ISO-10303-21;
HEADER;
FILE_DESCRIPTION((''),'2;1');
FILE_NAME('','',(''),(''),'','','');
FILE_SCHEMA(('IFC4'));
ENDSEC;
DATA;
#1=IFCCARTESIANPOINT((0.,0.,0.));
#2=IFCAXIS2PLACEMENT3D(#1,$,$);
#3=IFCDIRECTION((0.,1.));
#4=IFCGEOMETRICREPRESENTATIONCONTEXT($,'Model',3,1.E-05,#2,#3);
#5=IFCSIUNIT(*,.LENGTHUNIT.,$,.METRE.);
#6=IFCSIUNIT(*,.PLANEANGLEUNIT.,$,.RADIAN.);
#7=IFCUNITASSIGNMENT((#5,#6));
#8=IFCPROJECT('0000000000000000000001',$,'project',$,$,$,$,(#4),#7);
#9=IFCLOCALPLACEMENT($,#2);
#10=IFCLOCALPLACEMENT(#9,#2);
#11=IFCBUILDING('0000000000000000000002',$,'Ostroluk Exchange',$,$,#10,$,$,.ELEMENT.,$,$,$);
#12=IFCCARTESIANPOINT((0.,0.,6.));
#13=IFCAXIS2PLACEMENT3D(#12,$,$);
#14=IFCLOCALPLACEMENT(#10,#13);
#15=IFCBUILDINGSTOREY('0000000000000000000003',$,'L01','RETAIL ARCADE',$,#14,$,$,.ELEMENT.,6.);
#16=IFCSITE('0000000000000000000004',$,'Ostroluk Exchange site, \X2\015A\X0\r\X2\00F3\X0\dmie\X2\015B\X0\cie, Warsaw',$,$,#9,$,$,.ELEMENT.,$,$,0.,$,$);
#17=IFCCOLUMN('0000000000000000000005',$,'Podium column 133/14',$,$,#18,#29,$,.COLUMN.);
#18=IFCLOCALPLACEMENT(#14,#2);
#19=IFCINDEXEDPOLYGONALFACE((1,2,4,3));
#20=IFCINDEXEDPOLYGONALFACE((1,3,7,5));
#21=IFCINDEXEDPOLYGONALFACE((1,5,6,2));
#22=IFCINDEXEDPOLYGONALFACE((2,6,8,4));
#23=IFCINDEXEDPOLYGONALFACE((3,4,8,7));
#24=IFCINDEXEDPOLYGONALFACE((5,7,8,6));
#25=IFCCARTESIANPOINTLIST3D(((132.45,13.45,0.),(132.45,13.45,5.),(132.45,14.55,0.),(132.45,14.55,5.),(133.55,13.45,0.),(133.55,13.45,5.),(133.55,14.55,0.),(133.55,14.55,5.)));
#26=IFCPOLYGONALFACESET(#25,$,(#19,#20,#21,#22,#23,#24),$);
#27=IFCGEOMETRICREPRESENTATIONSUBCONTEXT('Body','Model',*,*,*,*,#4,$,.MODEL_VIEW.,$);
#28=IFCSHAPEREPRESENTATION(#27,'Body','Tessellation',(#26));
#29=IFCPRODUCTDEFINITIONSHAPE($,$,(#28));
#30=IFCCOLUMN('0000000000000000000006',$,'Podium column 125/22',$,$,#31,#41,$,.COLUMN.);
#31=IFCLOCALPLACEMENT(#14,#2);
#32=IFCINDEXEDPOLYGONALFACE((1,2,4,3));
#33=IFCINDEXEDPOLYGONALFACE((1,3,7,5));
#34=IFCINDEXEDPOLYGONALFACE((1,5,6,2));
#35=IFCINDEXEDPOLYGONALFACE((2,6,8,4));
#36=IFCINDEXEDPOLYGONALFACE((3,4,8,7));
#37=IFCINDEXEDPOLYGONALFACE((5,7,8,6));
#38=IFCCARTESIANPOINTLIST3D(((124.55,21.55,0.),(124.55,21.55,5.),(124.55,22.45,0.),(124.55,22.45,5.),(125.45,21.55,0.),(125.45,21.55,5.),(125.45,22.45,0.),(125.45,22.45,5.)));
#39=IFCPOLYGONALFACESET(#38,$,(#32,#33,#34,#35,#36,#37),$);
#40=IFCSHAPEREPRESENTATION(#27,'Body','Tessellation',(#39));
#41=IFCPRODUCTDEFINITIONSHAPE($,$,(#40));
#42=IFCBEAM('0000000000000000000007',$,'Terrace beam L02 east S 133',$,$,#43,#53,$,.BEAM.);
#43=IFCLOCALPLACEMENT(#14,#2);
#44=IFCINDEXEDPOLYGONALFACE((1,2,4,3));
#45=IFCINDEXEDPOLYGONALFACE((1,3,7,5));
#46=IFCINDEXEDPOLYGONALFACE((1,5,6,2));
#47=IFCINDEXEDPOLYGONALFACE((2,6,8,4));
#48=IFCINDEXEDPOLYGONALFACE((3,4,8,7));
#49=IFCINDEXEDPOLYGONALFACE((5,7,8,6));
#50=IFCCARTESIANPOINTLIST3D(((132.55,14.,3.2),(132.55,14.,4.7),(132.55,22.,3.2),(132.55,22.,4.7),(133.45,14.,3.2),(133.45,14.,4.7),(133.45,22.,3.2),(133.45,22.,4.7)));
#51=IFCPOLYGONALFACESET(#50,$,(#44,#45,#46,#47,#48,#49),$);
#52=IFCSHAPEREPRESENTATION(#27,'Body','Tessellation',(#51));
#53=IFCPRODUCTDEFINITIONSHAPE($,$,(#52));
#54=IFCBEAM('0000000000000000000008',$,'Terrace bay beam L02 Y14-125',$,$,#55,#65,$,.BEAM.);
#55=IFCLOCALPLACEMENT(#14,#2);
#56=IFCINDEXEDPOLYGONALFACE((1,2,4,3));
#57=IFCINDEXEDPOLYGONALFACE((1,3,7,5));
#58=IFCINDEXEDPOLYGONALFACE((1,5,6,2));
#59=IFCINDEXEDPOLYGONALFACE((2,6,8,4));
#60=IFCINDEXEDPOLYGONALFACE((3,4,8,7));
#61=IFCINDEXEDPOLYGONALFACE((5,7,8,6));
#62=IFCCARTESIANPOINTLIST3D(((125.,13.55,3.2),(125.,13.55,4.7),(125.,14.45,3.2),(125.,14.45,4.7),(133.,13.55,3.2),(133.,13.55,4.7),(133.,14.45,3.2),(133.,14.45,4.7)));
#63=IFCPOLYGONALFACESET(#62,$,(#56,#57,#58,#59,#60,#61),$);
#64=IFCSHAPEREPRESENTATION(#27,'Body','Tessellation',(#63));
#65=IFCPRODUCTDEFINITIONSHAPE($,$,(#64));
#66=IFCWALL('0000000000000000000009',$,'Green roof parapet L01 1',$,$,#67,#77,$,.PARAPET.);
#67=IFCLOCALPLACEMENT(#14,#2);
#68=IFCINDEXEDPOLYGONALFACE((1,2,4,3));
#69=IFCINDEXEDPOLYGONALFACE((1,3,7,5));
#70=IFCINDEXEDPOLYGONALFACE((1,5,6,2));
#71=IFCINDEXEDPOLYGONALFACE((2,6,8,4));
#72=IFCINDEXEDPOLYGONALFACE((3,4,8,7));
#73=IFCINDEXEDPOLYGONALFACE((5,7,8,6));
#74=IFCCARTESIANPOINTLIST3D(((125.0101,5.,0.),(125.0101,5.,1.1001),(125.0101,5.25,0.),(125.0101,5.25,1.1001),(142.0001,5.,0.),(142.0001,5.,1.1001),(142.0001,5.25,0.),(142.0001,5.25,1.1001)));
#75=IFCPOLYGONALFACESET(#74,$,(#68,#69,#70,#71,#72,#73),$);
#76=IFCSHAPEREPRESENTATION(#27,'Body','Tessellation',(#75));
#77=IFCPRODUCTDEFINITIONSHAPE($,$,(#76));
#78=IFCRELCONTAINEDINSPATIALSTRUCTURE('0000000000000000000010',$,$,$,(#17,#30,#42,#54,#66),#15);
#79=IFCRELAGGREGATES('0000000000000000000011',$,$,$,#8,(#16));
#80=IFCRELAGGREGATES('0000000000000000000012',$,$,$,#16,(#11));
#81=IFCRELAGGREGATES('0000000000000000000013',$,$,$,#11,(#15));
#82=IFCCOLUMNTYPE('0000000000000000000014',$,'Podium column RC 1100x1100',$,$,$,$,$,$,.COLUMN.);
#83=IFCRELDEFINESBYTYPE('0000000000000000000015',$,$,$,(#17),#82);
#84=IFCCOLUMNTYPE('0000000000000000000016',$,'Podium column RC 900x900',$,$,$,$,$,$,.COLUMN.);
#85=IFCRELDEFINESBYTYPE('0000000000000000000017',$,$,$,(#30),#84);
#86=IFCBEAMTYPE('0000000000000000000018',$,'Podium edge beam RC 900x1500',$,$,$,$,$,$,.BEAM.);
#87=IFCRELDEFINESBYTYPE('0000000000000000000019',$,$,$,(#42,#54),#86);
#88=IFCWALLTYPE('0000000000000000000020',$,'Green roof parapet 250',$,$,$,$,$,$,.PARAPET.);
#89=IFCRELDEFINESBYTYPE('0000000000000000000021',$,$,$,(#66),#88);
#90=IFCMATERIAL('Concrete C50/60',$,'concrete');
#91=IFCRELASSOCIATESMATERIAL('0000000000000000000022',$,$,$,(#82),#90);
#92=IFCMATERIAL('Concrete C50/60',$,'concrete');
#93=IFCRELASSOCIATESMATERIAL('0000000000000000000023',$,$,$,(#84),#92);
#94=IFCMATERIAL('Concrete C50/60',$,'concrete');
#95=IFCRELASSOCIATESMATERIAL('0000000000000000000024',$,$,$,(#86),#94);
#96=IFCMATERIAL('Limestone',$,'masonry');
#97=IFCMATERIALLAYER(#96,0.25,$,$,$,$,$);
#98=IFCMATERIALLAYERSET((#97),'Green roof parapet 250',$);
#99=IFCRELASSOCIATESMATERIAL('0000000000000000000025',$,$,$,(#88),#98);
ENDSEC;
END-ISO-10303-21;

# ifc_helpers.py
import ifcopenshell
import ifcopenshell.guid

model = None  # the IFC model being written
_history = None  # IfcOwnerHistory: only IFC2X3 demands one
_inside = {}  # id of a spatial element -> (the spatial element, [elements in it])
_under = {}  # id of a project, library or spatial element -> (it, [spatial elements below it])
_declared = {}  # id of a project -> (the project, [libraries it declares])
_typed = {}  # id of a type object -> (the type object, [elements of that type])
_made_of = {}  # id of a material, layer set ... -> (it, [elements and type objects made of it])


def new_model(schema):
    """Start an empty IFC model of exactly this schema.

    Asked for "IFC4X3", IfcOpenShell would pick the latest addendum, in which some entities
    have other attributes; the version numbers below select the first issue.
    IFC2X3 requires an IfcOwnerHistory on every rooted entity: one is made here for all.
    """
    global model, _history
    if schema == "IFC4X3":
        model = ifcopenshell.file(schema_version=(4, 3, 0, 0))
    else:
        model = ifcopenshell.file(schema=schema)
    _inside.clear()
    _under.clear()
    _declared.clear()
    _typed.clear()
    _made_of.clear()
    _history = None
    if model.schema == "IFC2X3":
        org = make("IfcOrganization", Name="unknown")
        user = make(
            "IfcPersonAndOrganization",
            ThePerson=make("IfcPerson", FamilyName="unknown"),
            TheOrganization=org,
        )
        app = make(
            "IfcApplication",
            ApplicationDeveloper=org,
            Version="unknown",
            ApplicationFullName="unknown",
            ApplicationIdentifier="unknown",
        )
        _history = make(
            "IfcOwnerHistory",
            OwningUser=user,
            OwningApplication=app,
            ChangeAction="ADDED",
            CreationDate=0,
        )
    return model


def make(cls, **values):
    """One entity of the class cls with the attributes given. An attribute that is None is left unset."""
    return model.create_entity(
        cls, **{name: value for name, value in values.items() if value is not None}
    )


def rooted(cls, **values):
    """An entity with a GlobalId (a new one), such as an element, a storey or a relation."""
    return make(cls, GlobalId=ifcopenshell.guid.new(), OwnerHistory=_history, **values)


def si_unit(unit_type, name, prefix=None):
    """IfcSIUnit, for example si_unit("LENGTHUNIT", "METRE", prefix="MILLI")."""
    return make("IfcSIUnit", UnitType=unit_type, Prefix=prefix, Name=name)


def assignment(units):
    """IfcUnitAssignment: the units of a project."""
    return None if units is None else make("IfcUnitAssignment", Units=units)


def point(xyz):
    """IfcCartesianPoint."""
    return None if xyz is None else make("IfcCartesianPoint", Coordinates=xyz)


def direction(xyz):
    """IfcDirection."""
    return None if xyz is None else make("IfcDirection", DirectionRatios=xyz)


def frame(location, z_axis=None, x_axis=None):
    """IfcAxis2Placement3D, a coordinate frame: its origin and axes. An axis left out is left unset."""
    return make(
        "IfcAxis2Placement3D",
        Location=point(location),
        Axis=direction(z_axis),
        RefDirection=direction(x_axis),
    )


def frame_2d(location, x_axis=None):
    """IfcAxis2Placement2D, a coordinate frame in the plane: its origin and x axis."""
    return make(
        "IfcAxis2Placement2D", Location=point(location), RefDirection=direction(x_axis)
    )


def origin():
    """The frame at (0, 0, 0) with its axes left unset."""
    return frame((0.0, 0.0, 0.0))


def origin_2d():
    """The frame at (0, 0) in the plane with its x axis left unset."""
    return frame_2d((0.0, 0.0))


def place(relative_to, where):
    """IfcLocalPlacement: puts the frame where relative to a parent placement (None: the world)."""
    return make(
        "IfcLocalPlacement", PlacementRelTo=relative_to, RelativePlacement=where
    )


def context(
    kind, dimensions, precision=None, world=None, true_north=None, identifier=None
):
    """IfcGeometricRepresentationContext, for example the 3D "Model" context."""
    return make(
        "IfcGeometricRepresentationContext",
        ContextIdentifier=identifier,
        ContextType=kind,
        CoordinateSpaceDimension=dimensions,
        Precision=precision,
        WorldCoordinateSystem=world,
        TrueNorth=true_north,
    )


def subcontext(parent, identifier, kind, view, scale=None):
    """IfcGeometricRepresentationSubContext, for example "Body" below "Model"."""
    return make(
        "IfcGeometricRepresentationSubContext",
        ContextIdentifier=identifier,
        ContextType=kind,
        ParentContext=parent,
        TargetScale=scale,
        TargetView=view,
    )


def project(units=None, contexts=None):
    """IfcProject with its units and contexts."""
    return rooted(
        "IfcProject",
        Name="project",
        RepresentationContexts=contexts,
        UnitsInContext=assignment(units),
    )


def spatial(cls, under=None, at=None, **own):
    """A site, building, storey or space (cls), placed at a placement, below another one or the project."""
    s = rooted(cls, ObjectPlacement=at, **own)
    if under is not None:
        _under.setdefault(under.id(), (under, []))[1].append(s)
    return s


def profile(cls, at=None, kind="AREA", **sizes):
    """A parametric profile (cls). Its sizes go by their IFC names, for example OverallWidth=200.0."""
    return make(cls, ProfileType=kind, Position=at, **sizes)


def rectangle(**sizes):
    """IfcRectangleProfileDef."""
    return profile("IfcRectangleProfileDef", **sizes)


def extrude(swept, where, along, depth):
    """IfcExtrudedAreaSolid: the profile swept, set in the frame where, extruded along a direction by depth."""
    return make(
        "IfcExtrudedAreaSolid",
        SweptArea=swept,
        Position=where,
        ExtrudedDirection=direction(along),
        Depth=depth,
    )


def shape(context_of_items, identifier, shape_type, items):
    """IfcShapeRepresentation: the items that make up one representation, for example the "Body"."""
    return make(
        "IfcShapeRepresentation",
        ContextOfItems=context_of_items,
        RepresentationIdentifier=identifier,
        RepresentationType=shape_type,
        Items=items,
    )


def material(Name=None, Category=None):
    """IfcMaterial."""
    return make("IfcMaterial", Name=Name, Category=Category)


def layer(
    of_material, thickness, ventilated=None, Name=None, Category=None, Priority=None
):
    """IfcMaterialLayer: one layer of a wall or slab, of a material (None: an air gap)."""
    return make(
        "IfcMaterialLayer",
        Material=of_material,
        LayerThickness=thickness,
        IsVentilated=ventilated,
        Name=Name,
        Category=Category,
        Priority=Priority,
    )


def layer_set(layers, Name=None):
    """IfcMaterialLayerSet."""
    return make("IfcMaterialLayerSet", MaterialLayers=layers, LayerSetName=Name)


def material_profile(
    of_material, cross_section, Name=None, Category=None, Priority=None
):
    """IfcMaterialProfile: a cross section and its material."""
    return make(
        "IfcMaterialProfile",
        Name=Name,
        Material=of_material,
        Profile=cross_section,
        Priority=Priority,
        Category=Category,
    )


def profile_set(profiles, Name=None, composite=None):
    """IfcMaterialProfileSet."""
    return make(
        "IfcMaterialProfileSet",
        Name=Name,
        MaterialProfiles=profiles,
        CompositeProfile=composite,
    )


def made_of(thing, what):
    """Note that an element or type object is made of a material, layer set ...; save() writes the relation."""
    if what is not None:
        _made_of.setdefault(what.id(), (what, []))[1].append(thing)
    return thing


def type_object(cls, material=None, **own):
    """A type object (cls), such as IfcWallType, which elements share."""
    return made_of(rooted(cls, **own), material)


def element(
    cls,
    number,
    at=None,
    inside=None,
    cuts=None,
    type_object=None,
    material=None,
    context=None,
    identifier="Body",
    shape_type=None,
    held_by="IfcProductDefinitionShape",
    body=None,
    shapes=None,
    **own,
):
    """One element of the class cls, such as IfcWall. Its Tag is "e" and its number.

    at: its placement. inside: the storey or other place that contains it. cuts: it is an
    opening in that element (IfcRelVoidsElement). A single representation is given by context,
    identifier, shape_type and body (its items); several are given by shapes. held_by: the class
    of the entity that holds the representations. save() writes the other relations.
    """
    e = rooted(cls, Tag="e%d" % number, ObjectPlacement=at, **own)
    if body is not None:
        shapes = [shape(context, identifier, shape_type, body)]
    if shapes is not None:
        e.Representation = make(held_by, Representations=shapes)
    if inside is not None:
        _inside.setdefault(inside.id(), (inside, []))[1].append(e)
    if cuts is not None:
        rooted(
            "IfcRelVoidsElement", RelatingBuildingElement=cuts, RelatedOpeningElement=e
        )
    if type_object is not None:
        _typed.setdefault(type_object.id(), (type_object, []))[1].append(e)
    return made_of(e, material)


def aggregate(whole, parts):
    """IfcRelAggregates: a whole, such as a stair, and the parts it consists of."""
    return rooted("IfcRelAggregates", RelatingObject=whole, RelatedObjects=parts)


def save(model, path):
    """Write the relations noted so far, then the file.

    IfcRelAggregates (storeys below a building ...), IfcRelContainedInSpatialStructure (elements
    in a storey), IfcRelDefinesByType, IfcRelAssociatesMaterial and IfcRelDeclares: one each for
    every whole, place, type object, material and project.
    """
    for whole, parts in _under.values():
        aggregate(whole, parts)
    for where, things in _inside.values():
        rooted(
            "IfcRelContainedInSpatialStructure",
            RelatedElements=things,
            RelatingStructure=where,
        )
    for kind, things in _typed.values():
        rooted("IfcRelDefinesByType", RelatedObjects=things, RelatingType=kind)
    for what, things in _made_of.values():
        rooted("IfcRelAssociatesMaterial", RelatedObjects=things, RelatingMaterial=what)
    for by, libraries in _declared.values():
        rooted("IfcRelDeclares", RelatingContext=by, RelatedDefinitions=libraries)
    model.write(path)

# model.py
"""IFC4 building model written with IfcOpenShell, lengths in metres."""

from ifc_helpers import new_model, si_unit, direction, frame, frame_2d, origin, origin_2d, place, context, subcontext, project, spatial, rectangle, extrude, material, layer, layer_set, material_profile, profile_set, type_object, element, save


model = new_model("IFC4")

# Units and contexts
model_context = context("Model", 3, precision=1e-05, world=origin(), true_north=direction((0.0, 1.0)))
body_context = subcontext(model_context, "Body", "Model", "MODEL_VIEW")
ifc_project = project(units=[si_unit("LENGTHUNIT", "METRE"), si_unit("PLANEANGLEUNIT", "RADIAN")], contexts=[model_context])

# Site, building, storey
site_placement = place(None, origin())
site = spatial("IfcSite", under=ifc_project, at=site_placement, Name="Ostroluk Exchange site, Śródmieście, Warsaw", CompositionType="ELEMENT", RefElevation=0.0)
building_placement = place(site_placement, origin())
building = spatial("IfcBuilding", under=site, at=building_placement, Name="Ostroluk Exchange", CompositionType="ELEMENT")
storey_placement = place(building_placement, frame((0.0, 0.0, 6.0)))
storey = spatial("IfcBuildingStorey", under=building, at=storey_placement, Name="L01", Description="RETAIL ARCADE", CompositionType="ELEMENT", Elevation=6.0)

# Columns
ifc_material_1 = material(Name="Concrete C50/60", Category="concrete")
ifc_material_profile_1 = material_profile(ifc_material_1, rectangle(XDim=1.1001, YDim=1.1001, at=origin_2d()), Name="RC 1100x1100")
ifc_profile_set_1 = profile_set([ifc_material_profile_1], Name="Concrete C50/60")
column_type_1 = type_object("IfcColumnType", Name="Podium column RC 1100x1100", PredefinedType="COLUMN", material=ifc_profile_set_1)
column_1_placement = place(storey_placement, frame((133.0, 14.0, 0.0), z_axis=(0.0, 0.0, 1.0), x_axis=(1.0, 0.0, 0.0)))
element("IfcColumn", 1, at=column_1_placement, inside=storey, type_object=column_type_1, Name="Podium column 133/14", PredefinedType="COLUMN", context=body_context, shape_type="SweptSolid", body=[
    extrude(rectangle(XDim=1.1001, YDim=1.1001, at=origin_2d()), origin(), (0.0, 0.0, 1.0), 5.0),
])
ifc_material_2 = material(Name="Concrete C50/60", Category="concrete")
ifc_material_profile_2 = material_profile(ifc_material_2, rectangle(XDim=0.8999, YDim=0.8999, at=origin_2d()), Name="RC 900x900")
ifc_profile_set_2 = profile_set([ifc_material_profile_2], Name="Concrete C50/60")
column_type_2 = type_object("IfcColumnType", Name="Podium column RC 900x900", PredefinedType="COLUMN", material=ifc_profile_set_2)
column_2_placement = place(storey_placement, frame((125.0, 22.0, 0.0), z_axis=(0.0, 0.0, 1.0), x_axis=(1.0, 0.0, 0.0)))
element("IfcColumn", 2, at=column_2_placement, inside=storey, type_object=column_type_2, Name="Podium column 125/22", PredefinedType="COLUMN", context=body_context, shape_type="SweptSolid", body=[
    extrude(rectangle(XDim=0.8999, YDim=0.8999, at=origin_2d()), origin(), (0.0, 0.0, 1.0), 5.0),
])

# Beams
ifc_material_3 = material(Name="Concrete C50/60", Category="concrete")
ifc_material_profile_3 = material_profile(ifc_material_3, rectangle(XDim=0.8999, YDim=1.5, at=origin_2d()), Name="RC 900x1500")
ifc_profile_set_3 = profile_set([ifc_material_profile_3], Name="Concrete C50/60")
beam_type = type_object("IfcBeamType", Name="Podium edge beam RC 900x1500", PredefinedType="BEAM", material=ifc_profile_set_3)
for number, where, z_axis, x_axis, name in (
    (3, (133.0, 14.0, 3.95), (0.0, 1.0, 0.0), (-1.0, 0.0, 0.0), "Terrace beam L02 east S 133"),
    (4, (125.0, 14.0, 3.95), (1.0, 0.0, 0.0), (0.0, 1.0, 0.0), "Terrace bay beam L02 Y14-125"),
):
    element("IfcBeam", number, at=place(storey_placement, frame(where, z_axis=z_axis, x_axis=x_axis)), inside=storey, type_object=beam_type, Name=name, PredefinedType="BEAM", context=body_context, shape_type="SweptSolid", body=[
        extrude(rectangle(XDim=0.8999, YDim=1.5, at=origin_2d()), origin(), (0.0, 0.0, 1.0), 8.0),
    ])

# Wall
ifc_material_4 = material(Name="Limestone", Category="masonry")
ifc_layer = layer(ifc_material_4, 0.25)
ifc_layer_set = layer_set([ifc_layer], Name="Green roof parapet 250")
wall_type = type_object("IfcWallType", Name="Green roof parapet 250", PredefinedType="PARAPET", material=ifc_layer_set)
wall_placement = place(storey_placement, frame((125.01, 5.125, 0.0), z_axis=(0.0, 0.0, 1.0), x_axis=(1.0, 0.0, 0.0)))
element("IfcWall", 5, at=wall_placement, inside=storey, type_object=wall_type, Name="Green roof parapet L01 1", PredefinedType="PARAPET", context=body_context, shape_type="SweptSolid", body=[
    extrude(rectangle(XDim=16.99, YDim=0.25, at=frame_2d((8.4951, 0.0))), origin(), (0.0, 0.0, 1.0), 1.1001),
])

save(model, "model.ifc")
